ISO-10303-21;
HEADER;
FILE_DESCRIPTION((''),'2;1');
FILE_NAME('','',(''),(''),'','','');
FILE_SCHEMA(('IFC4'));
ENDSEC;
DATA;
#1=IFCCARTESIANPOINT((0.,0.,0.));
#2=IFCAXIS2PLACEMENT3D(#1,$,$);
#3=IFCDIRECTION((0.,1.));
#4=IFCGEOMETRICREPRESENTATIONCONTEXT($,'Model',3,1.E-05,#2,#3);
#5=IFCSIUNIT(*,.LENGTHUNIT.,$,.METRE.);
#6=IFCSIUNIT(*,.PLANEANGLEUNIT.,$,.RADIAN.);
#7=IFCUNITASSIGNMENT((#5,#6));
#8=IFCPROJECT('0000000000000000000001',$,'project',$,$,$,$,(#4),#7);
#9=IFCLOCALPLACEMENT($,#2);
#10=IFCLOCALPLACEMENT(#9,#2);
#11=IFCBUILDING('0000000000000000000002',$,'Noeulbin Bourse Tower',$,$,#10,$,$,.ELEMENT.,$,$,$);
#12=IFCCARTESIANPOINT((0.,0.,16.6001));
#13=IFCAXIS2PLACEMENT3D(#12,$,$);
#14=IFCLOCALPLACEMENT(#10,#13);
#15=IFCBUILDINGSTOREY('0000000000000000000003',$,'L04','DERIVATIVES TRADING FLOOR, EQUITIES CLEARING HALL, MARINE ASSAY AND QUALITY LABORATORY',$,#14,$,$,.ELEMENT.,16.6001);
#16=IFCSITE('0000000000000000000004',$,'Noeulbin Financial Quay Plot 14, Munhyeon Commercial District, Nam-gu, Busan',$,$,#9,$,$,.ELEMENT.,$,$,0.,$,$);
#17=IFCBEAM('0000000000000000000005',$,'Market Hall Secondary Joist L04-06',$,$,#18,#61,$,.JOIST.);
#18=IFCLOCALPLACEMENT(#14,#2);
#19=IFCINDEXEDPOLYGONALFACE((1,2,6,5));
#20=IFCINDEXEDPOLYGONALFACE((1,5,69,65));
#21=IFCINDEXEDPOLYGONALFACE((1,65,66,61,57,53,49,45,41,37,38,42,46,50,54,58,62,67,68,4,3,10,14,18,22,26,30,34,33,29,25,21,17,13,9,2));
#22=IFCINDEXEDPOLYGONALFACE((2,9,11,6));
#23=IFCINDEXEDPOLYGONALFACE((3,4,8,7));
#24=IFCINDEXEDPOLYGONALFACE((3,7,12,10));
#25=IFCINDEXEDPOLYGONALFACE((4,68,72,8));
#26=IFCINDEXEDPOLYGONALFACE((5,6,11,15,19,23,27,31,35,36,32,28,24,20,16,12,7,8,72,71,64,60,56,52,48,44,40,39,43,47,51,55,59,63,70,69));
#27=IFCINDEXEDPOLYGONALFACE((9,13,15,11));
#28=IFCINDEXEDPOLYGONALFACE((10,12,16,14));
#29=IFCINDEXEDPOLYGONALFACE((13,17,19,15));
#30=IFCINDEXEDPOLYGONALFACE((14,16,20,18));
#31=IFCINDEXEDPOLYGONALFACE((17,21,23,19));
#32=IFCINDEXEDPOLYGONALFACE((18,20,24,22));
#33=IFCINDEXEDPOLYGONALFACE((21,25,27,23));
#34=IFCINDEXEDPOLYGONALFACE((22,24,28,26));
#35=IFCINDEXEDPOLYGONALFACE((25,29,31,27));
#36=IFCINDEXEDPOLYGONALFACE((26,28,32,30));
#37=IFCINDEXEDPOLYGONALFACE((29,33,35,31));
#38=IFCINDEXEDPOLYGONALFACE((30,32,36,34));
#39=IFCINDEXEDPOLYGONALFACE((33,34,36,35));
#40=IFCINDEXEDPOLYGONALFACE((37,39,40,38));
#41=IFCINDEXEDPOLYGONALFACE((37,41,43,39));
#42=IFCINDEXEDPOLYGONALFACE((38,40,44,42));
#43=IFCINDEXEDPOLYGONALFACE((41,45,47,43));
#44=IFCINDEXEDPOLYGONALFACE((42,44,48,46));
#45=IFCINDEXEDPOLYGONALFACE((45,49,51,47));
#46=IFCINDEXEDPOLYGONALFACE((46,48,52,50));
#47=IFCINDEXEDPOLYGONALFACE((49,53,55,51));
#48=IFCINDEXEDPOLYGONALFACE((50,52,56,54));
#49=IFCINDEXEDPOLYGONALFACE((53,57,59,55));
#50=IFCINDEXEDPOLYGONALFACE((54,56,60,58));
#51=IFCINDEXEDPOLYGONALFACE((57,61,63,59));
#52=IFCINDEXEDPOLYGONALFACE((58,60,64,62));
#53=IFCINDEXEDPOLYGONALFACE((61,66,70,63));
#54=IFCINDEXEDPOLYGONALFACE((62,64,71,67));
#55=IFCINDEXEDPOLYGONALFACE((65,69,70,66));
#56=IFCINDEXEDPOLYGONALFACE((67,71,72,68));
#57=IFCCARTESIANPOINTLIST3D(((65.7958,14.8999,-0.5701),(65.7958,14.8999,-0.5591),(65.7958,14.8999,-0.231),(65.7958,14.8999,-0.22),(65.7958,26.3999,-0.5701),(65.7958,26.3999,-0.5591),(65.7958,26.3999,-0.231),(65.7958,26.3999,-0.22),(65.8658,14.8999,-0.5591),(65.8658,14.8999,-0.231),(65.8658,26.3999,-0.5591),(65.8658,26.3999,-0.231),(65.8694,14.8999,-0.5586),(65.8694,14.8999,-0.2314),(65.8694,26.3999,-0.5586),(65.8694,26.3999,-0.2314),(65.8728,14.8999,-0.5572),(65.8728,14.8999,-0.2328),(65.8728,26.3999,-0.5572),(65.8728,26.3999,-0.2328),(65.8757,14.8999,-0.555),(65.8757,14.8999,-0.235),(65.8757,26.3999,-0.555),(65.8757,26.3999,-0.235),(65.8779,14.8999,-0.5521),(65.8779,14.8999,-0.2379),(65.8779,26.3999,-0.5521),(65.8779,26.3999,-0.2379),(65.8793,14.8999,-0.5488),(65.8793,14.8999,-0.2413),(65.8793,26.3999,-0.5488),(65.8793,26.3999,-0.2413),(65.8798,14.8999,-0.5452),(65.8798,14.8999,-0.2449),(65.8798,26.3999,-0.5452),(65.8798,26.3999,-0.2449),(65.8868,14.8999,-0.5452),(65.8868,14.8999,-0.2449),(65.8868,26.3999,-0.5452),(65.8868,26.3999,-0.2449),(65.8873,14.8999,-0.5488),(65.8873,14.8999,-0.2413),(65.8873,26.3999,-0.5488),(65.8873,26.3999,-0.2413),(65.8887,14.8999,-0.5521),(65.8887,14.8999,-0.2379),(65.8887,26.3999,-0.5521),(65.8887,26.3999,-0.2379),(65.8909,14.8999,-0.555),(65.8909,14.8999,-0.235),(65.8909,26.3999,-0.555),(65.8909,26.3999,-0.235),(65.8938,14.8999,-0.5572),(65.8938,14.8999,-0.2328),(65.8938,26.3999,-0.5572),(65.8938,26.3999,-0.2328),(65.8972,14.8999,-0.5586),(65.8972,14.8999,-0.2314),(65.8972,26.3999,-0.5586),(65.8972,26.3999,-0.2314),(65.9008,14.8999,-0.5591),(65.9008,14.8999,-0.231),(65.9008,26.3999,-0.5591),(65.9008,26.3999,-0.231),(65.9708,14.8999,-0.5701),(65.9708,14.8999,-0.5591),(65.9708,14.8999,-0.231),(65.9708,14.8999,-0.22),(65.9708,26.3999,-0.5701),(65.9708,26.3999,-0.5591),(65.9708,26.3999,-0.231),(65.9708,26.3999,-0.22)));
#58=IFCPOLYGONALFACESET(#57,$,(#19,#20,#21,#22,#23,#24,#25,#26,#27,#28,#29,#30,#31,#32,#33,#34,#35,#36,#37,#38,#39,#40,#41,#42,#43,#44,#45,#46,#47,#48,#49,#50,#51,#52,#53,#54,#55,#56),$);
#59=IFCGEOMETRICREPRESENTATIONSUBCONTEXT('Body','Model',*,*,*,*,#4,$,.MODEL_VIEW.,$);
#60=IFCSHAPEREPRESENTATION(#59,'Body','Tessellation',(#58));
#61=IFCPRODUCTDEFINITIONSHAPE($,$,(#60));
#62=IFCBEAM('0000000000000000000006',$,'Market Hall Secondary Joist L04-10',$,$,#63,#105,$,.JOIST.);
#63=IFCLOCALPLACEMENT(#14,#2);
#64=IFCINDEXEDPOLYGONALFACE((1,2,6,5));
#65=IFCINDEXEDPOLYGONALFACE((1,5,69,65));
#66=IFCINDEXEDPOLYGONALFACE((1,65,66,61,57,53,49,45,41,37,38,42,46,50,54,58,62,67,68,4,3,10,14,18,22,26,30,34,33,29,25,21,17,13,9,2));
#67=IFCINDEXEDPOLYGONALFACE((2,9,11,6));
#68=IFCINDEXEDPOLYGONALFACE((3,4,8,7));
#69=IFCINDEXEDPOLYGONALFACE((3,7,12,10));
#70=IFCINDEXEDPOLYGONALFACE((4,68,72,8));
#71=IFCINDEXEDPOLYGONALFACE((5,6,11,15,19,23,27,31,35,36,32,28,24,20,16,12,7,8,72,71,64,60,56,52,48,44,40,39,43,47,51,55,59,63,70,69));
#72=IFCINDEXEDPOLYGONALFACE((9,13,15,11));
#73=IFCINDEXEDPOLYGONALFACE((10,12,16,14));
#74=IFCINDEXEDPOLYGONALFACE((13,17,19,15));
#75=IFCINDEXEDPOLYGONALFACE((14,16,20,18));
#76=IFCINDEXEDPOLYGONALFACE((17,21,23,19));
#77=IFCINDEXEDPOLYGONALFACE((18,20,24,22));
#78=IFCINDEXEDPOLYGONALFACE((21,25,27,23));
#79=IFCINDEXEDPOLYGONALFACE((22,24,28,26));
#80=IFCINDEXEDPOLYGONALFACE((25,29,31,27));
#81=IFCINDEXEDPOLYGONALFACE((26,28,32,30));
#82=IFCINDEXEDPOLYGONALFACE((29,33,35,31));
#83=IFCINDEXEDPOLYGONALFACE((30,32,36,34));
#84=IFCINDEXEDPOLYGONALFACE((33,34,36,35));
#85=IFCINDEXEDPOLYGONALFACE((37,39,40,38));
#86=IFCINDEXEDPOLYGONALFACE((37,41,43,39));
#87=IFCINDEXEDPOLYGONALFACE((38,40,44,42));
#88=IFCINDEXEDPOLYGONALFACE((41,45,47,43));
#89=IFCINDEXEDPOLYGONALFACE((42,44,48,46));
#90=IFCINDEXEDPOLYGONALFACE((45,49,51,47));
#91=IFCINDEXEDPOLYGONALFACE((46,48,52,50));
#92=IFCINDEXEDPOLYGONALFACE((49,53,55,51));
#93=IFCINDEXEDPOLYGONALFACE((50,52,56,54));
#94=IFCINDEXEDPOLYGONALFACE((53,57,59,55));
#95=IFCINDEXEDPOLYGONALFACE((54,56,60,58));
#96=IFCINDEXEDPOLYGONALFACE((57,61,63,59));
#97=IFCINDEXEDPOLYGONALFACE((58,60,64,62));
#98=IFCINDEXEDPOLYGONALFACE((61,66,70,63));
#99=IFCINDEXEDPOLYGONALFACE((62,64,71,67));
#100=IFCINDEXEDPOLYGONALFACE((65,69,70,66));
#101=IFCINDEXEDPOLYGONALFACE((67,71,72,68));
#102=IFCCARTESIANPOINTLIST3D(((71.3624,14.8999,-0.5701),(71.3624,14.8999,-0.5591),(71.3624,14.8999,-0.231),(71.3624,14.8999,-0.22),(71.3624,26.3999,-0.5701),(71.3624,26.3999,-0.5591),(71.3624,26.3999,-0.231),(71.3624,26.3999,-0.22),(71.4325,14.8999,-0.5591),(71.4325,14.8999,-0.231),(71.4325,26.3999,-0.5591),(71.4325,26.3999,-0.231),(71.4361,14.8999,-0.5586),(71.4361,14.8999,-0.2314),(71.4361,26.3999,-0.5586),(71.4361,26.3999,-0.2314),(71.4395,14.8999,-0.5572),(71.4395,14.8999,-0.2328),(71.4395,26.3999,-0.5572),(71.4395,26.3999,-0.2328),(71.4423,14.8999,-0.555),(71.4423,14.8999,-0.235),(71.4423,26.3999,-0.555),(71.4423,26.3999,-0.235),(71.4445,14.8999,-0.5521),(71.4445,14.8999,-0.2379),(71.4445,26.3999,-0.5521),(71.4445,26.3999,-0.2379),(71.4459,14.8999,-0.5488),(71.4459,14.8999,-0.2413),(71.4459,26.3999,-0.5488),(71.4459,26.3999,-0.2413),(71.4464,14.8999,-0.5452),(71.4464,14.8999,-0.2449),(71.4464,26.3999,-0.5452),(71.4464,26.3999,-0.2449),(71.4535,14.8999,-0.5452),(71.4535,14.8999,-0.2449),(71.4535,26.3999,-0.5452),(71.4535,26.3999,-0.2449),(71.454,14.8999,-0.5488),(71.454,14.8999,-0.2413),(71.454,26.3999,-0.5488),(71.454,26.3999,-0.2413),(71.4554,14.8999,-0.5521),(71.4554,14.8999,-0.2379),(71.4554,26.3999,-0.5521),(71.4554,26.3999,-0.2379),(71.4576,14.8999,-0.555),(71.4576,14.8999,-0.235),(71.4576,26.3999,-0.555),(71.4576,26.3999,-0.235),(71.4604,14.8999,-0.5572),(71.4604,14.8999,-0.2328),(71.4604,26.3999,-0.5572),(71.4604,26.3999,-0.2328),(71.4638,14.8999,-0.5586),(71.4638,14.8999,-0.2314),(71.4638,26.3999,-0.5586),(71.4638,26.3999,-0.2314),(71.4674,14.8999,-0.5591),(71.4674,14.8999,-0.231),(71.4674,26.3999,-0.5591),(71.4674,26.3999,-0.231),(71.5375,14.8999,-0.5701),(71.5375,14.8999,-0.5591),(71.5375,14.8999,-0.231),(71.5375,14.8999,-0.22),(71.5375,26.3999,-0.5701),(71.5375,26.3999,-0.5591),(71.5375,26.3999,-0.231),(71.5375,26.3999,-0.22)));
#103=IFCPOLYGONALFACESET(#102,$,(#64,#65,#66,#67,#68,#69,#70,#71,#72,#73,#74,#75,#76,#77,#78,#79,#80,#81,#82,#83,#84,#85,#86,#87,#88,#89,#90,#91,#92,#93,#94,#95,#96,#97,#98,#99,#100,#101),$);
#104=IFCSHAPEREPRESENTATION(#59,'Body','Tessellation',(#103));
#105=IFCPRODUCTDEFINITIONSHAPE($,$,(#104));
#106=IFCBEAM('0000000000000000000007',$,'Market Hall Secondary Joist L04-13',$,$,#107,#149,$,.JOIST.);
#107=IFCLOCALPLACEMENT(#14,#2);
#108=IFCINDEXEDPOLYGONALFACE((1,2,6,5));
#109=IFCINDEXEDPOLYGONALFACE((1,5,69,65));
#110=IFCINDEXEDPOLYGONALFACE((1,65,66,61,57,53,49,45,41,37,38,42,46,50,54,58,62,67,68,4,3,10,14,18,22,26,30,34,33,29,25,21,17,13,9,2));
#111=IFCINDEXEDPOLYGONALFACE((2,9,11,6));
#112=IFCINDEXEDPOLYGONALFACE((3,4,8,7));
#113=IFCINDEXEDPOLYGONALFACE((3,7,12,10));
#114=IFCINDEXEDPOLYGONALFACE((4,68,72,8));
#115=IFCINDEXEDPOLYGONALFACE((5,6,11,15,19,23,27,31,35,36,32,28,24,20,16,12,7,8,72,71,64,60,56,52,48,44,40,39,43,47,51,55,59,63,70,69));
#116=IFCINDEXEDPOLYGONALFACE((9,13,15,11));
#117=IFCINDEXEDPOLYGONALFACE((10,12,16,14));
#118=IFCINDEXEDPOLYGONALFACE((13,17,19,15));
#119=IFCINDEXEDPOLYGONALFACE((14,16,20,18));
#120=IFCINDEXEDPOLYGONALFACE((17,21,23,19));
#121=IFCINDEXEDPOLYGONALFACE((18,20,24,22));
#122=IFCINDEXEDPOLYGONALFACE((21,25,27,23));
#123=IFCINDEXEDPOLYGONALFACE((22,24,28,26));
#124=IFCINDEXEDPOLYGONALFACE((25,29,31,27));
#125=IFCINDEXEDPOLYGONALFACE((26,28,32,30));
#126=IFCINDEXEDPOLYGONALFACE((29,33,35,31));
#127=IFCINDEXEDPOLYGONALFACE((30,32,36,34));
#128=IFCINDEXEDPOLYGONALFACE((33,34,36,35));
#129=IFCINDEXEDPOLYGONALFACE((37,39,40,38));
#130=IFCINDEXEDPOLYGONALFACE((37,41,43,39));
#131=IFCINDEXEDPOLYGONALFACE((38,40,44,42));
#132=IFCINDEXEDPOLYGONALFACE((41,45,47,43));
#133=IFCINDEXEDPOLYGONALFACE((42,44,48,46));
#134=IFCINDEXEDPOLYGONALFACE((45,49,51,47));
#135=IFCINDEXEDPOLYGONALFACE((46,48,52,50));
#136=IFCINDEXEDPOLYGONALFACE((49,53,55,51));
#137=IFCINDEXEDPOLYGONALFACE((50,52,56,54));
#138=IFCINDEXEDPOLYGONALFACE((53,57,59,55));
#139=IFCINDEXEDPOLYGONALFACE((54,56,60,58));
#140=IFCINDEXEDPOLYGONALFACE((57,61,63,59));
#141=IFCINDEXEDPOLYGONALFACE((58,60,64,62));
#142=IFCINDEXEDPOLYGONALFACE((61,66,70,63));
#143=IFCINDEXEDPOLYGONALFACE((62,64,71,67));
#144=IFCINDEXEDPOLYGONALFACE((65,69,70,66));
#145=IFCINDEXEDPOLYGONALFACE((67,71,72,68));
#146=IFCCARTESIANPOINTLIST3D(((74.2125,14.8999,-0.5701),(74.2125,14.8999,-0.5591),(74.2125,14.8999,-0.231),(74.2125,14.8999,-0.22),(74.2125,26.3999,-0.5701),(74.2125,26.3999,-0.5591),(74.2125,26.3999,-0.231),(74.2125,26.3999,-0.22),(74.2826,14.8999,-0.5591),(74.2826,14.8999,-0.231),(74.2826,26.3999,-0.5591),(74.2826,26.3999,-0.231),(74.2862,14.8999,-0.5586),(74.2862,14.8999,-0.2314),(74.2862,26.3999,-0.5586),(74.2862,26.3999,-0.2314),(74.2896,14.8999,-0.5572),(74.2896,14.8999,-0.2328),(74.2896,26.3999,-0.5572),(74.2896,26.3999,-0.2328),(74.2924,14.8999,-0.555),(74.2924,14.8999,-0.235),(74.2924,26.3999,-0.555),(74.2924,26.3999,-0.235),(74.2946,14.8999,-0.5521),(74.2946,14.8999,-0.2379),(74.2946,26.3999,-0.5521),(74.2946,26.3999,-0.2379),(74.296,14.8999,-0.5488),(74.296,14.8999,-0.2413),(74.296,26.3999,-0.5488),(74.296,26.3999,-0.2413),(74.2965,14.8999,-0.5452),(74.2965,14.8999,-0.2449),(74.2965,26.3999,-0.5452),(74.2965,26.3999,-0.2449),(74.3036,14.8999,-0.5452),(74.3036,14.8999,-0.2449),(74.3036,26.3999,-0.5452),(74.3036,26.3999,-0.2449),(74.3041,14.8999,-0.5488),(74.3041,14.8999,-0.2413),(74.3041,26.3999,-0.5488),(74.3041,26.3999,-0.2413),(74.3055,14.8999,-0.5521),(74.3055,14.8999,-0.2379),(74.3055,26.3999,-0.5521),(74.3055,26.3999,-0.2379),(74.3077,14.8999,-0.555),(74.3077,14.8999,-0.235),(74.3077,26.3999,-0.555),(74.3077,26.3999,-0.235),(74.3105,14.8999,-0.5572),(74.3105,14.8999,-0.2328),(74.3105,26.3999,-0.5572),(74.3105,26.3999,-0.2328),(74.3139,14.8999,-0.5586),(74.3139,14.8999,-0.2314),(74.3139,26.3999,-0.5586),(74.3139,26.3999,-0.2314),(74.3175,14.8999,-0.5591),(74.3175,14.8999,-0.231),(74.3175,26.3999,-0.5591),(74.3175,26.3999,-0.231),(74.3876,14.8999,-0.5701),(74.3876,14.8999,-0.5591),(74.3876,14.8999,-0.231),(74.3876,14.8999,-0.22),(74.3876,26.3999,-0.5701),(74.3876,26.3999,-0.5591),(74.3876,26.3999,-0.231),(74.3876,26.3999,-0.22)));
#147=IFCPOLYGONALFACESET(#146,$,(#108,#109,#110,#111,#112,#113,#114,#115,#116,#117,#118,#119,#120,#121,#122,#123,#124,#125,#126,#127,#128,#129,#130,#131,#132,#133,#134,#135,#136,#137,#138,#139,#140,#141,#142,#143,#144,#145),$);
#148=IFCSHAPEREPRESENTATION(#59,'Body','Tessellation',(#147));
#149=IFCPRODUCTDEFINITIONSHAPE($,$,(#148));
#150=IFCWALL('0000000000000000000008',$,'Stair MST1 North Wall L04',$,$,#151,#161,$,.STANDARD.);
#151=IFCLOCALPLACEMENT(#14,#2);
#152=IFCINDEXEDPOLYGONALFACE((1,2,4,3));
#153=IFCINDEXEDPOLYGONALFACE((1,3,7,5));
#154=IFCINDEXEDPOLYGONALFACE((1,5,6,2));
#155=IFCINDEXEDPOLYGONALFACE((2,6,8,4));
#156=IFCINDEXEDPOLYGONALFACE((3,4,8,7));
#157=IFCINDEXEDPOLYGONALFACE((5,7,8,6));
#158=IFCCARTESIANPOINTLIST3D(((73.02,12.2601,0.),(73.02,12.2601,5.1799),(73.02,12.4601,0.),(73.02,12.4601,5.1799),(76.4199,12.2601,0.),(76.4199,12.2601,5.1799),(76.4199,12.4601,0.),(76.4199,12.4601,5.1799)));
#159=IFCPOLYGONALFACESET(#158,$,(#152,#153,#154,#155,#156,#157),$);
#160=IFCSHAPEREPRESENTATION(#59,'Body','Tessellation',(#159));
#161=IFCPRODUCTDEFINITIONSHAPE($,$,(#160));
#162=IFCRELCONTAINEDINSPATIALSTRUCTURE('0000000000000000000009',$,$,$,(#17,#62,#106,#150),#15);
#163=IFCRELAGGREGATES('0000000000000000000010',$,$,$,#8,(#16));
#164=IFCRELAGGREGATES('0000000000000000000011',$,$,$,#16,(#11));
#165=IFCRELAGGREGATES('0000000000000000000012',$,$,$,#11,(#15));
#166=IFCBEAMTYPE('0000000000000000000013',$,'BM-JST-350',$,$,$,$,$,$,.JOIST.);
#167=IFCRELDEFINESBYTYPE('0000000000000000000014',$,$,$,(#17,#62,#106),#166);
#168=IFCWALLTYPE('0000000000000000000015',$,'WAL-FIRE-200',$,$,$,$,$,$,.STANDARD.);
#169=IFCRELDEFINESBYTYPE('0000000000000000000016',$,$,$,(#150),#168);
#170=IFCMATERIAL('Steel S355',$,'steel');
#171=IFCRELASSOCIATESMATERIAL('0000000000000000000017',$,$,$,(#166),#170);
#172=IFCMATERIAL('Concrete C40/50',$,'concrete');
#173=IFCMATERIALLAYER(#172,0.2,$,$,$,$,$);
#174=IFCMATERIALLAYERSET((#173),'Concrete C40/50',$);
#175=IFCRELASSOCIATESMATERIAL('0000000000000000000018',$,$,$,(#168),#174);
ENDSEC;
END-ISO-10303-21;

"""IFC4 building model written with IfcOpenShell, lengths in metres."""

from ifc_helpers import new_model, si_unit, direction, frame, frame_2d, origin, origin_2d, place, context, subcontext, project, spatial, rectangle, i_section, extrude, material, layer, layer_set, material_profile, profile_set, type_object, element, save


model = new_model("IFC4")

# Units and contexts
model_context = context("Model", 3, precision=1e-05, world=origin(), true_north=direction((0.0, 1.0)))
body_context = subcontext(model_context, "Body", "Model", "MODEL_VIEW")
ifc_project = project(units=[si_unit("LENGTHUNIT", "METRE"), si_unit("PLANEANGLEUNIT", "RADIAN")], contexts=[model_context])

# Site, building, storey
site_placement = place(None, origin())
site = spatial("IfcSite", under=ifc_project, at=site_placement, Name="Noeulbin Financial Quay Plot 14, Munhyeon Commercial District, Nam-gu, Busan", CompositionType="ELEMENT", RefElevation=0.0)
building_placement = place(site_placement, origin())
building = spatial("IfcBuilding", under=site, at=building_placement, Name="Noeulbin Bourse Tower", CompositionType="ELEMENT")
storey_placement = place(building_placement, frame((0.0, 0.0, 16.6001)))
storey = spatial("IfcBuildingStorey", under=building, at=storey_placement, Name="L04", Description="DERIVATIVES TRADING FLOOR, EQUITIES CLEARING HALL, MARINE ASSAY AND QUALITY LABORATORY", CompositionType="ELEMENT", Elevation=16.6001)

# Shared definitions
ifc_material_1 = material(Name="Steel S355", Category="steel")

# Beams
ifc_material_profile_1 = material_profile(ifc_material_1, i_section(OverallWidth=0.175, OverallDepth=0.3501, WebThickness=0.0071, FlangeThickness=0.011, FilletRadius=0.0139, at=origin_2d()), Name="H-350x175x7x11", Category="LoadBearing")
ifc_profile_set_1 = profile_set([ifc_material_profile_1], Name="Steel S355")
beam_type_1 = type_object("IfcBeamType", Name="BM-JST-350", PredefinedType="JOIST", material=ifc_profile_set_1)
for number, where, z_axis, x_axis, name in (
    (1, (65.8833, 14.8999, -0.395), (0.0, 1.0, 0.0), (-1.0, 0.0, 0.0), "Market Hall Secondary Joist L04-06"),
    (2, (71.45, 14.8999, -0.395), (0.0, 1.0, 0.0), (-1.0, 0.0, 0.0), "Market Hall Secondary Joist L04-10"),
    (3, (74.3, 14.8999, -0.395), (0.0, 1.0, 0.0), (-1.0, 0.0, 0.0), "Market Hall Secondary Joist L04-13"),
):
    element("IfcBeam", number, at=place(storey_placement, frame(where, z_axis=z_axis, x_axis=x_axis)), inside=storey, type_object=beam_type_1, Name=name, PredefinedType="JOIST", context=body_context, shape_type="SweptSolid", body=[
        extrude(i_section(OverallWidth=0.175, OverallDepth=0.3501, WebThickness=0.0071, FlangeThickness=0.011, FilletRadius=0.0139, at=origin_2d()), origin(), (0.0, 0.0, 1.0), 11.5),
    ])

# Wall
ifc_material_2 = material(Name="Concrete C40/50", Category="concrete")
ifc_layer_1 = layer(ifc_material_2, 0.2)
ifc_layer_set_1 = layer_set([ifc_layer_1], Name="Concrete C40/50")
wall_type_1 = type_object("IfcWallType", Name="WAL-FIRE-200", PredefinedType="STANDARD", material=ifc_layer_set_1)
wall_1_placement = place(storey_placement, frame((73.02, 12.3601, 0.0), z_axis=(0.0, 0.0, 1.0), x_axis=(1.0, 0.0, 0.0)))
element("IfcWall", 4, at=wall_1_placement, inside=storey, type_object=wall_type_1, Name="Stair MST1 North Wall L04", PredefinedType="STANDARD", context=body_context, shape_type="SweptSolid", body=[
    extrude(rectangle(XDim=3.3999, YDim=0.2, at=frame_2d((1.7, 0.0))), origin(), (0.0, 0.0, 1.0), 5.1799),
])

save(model, "model.ifc")
